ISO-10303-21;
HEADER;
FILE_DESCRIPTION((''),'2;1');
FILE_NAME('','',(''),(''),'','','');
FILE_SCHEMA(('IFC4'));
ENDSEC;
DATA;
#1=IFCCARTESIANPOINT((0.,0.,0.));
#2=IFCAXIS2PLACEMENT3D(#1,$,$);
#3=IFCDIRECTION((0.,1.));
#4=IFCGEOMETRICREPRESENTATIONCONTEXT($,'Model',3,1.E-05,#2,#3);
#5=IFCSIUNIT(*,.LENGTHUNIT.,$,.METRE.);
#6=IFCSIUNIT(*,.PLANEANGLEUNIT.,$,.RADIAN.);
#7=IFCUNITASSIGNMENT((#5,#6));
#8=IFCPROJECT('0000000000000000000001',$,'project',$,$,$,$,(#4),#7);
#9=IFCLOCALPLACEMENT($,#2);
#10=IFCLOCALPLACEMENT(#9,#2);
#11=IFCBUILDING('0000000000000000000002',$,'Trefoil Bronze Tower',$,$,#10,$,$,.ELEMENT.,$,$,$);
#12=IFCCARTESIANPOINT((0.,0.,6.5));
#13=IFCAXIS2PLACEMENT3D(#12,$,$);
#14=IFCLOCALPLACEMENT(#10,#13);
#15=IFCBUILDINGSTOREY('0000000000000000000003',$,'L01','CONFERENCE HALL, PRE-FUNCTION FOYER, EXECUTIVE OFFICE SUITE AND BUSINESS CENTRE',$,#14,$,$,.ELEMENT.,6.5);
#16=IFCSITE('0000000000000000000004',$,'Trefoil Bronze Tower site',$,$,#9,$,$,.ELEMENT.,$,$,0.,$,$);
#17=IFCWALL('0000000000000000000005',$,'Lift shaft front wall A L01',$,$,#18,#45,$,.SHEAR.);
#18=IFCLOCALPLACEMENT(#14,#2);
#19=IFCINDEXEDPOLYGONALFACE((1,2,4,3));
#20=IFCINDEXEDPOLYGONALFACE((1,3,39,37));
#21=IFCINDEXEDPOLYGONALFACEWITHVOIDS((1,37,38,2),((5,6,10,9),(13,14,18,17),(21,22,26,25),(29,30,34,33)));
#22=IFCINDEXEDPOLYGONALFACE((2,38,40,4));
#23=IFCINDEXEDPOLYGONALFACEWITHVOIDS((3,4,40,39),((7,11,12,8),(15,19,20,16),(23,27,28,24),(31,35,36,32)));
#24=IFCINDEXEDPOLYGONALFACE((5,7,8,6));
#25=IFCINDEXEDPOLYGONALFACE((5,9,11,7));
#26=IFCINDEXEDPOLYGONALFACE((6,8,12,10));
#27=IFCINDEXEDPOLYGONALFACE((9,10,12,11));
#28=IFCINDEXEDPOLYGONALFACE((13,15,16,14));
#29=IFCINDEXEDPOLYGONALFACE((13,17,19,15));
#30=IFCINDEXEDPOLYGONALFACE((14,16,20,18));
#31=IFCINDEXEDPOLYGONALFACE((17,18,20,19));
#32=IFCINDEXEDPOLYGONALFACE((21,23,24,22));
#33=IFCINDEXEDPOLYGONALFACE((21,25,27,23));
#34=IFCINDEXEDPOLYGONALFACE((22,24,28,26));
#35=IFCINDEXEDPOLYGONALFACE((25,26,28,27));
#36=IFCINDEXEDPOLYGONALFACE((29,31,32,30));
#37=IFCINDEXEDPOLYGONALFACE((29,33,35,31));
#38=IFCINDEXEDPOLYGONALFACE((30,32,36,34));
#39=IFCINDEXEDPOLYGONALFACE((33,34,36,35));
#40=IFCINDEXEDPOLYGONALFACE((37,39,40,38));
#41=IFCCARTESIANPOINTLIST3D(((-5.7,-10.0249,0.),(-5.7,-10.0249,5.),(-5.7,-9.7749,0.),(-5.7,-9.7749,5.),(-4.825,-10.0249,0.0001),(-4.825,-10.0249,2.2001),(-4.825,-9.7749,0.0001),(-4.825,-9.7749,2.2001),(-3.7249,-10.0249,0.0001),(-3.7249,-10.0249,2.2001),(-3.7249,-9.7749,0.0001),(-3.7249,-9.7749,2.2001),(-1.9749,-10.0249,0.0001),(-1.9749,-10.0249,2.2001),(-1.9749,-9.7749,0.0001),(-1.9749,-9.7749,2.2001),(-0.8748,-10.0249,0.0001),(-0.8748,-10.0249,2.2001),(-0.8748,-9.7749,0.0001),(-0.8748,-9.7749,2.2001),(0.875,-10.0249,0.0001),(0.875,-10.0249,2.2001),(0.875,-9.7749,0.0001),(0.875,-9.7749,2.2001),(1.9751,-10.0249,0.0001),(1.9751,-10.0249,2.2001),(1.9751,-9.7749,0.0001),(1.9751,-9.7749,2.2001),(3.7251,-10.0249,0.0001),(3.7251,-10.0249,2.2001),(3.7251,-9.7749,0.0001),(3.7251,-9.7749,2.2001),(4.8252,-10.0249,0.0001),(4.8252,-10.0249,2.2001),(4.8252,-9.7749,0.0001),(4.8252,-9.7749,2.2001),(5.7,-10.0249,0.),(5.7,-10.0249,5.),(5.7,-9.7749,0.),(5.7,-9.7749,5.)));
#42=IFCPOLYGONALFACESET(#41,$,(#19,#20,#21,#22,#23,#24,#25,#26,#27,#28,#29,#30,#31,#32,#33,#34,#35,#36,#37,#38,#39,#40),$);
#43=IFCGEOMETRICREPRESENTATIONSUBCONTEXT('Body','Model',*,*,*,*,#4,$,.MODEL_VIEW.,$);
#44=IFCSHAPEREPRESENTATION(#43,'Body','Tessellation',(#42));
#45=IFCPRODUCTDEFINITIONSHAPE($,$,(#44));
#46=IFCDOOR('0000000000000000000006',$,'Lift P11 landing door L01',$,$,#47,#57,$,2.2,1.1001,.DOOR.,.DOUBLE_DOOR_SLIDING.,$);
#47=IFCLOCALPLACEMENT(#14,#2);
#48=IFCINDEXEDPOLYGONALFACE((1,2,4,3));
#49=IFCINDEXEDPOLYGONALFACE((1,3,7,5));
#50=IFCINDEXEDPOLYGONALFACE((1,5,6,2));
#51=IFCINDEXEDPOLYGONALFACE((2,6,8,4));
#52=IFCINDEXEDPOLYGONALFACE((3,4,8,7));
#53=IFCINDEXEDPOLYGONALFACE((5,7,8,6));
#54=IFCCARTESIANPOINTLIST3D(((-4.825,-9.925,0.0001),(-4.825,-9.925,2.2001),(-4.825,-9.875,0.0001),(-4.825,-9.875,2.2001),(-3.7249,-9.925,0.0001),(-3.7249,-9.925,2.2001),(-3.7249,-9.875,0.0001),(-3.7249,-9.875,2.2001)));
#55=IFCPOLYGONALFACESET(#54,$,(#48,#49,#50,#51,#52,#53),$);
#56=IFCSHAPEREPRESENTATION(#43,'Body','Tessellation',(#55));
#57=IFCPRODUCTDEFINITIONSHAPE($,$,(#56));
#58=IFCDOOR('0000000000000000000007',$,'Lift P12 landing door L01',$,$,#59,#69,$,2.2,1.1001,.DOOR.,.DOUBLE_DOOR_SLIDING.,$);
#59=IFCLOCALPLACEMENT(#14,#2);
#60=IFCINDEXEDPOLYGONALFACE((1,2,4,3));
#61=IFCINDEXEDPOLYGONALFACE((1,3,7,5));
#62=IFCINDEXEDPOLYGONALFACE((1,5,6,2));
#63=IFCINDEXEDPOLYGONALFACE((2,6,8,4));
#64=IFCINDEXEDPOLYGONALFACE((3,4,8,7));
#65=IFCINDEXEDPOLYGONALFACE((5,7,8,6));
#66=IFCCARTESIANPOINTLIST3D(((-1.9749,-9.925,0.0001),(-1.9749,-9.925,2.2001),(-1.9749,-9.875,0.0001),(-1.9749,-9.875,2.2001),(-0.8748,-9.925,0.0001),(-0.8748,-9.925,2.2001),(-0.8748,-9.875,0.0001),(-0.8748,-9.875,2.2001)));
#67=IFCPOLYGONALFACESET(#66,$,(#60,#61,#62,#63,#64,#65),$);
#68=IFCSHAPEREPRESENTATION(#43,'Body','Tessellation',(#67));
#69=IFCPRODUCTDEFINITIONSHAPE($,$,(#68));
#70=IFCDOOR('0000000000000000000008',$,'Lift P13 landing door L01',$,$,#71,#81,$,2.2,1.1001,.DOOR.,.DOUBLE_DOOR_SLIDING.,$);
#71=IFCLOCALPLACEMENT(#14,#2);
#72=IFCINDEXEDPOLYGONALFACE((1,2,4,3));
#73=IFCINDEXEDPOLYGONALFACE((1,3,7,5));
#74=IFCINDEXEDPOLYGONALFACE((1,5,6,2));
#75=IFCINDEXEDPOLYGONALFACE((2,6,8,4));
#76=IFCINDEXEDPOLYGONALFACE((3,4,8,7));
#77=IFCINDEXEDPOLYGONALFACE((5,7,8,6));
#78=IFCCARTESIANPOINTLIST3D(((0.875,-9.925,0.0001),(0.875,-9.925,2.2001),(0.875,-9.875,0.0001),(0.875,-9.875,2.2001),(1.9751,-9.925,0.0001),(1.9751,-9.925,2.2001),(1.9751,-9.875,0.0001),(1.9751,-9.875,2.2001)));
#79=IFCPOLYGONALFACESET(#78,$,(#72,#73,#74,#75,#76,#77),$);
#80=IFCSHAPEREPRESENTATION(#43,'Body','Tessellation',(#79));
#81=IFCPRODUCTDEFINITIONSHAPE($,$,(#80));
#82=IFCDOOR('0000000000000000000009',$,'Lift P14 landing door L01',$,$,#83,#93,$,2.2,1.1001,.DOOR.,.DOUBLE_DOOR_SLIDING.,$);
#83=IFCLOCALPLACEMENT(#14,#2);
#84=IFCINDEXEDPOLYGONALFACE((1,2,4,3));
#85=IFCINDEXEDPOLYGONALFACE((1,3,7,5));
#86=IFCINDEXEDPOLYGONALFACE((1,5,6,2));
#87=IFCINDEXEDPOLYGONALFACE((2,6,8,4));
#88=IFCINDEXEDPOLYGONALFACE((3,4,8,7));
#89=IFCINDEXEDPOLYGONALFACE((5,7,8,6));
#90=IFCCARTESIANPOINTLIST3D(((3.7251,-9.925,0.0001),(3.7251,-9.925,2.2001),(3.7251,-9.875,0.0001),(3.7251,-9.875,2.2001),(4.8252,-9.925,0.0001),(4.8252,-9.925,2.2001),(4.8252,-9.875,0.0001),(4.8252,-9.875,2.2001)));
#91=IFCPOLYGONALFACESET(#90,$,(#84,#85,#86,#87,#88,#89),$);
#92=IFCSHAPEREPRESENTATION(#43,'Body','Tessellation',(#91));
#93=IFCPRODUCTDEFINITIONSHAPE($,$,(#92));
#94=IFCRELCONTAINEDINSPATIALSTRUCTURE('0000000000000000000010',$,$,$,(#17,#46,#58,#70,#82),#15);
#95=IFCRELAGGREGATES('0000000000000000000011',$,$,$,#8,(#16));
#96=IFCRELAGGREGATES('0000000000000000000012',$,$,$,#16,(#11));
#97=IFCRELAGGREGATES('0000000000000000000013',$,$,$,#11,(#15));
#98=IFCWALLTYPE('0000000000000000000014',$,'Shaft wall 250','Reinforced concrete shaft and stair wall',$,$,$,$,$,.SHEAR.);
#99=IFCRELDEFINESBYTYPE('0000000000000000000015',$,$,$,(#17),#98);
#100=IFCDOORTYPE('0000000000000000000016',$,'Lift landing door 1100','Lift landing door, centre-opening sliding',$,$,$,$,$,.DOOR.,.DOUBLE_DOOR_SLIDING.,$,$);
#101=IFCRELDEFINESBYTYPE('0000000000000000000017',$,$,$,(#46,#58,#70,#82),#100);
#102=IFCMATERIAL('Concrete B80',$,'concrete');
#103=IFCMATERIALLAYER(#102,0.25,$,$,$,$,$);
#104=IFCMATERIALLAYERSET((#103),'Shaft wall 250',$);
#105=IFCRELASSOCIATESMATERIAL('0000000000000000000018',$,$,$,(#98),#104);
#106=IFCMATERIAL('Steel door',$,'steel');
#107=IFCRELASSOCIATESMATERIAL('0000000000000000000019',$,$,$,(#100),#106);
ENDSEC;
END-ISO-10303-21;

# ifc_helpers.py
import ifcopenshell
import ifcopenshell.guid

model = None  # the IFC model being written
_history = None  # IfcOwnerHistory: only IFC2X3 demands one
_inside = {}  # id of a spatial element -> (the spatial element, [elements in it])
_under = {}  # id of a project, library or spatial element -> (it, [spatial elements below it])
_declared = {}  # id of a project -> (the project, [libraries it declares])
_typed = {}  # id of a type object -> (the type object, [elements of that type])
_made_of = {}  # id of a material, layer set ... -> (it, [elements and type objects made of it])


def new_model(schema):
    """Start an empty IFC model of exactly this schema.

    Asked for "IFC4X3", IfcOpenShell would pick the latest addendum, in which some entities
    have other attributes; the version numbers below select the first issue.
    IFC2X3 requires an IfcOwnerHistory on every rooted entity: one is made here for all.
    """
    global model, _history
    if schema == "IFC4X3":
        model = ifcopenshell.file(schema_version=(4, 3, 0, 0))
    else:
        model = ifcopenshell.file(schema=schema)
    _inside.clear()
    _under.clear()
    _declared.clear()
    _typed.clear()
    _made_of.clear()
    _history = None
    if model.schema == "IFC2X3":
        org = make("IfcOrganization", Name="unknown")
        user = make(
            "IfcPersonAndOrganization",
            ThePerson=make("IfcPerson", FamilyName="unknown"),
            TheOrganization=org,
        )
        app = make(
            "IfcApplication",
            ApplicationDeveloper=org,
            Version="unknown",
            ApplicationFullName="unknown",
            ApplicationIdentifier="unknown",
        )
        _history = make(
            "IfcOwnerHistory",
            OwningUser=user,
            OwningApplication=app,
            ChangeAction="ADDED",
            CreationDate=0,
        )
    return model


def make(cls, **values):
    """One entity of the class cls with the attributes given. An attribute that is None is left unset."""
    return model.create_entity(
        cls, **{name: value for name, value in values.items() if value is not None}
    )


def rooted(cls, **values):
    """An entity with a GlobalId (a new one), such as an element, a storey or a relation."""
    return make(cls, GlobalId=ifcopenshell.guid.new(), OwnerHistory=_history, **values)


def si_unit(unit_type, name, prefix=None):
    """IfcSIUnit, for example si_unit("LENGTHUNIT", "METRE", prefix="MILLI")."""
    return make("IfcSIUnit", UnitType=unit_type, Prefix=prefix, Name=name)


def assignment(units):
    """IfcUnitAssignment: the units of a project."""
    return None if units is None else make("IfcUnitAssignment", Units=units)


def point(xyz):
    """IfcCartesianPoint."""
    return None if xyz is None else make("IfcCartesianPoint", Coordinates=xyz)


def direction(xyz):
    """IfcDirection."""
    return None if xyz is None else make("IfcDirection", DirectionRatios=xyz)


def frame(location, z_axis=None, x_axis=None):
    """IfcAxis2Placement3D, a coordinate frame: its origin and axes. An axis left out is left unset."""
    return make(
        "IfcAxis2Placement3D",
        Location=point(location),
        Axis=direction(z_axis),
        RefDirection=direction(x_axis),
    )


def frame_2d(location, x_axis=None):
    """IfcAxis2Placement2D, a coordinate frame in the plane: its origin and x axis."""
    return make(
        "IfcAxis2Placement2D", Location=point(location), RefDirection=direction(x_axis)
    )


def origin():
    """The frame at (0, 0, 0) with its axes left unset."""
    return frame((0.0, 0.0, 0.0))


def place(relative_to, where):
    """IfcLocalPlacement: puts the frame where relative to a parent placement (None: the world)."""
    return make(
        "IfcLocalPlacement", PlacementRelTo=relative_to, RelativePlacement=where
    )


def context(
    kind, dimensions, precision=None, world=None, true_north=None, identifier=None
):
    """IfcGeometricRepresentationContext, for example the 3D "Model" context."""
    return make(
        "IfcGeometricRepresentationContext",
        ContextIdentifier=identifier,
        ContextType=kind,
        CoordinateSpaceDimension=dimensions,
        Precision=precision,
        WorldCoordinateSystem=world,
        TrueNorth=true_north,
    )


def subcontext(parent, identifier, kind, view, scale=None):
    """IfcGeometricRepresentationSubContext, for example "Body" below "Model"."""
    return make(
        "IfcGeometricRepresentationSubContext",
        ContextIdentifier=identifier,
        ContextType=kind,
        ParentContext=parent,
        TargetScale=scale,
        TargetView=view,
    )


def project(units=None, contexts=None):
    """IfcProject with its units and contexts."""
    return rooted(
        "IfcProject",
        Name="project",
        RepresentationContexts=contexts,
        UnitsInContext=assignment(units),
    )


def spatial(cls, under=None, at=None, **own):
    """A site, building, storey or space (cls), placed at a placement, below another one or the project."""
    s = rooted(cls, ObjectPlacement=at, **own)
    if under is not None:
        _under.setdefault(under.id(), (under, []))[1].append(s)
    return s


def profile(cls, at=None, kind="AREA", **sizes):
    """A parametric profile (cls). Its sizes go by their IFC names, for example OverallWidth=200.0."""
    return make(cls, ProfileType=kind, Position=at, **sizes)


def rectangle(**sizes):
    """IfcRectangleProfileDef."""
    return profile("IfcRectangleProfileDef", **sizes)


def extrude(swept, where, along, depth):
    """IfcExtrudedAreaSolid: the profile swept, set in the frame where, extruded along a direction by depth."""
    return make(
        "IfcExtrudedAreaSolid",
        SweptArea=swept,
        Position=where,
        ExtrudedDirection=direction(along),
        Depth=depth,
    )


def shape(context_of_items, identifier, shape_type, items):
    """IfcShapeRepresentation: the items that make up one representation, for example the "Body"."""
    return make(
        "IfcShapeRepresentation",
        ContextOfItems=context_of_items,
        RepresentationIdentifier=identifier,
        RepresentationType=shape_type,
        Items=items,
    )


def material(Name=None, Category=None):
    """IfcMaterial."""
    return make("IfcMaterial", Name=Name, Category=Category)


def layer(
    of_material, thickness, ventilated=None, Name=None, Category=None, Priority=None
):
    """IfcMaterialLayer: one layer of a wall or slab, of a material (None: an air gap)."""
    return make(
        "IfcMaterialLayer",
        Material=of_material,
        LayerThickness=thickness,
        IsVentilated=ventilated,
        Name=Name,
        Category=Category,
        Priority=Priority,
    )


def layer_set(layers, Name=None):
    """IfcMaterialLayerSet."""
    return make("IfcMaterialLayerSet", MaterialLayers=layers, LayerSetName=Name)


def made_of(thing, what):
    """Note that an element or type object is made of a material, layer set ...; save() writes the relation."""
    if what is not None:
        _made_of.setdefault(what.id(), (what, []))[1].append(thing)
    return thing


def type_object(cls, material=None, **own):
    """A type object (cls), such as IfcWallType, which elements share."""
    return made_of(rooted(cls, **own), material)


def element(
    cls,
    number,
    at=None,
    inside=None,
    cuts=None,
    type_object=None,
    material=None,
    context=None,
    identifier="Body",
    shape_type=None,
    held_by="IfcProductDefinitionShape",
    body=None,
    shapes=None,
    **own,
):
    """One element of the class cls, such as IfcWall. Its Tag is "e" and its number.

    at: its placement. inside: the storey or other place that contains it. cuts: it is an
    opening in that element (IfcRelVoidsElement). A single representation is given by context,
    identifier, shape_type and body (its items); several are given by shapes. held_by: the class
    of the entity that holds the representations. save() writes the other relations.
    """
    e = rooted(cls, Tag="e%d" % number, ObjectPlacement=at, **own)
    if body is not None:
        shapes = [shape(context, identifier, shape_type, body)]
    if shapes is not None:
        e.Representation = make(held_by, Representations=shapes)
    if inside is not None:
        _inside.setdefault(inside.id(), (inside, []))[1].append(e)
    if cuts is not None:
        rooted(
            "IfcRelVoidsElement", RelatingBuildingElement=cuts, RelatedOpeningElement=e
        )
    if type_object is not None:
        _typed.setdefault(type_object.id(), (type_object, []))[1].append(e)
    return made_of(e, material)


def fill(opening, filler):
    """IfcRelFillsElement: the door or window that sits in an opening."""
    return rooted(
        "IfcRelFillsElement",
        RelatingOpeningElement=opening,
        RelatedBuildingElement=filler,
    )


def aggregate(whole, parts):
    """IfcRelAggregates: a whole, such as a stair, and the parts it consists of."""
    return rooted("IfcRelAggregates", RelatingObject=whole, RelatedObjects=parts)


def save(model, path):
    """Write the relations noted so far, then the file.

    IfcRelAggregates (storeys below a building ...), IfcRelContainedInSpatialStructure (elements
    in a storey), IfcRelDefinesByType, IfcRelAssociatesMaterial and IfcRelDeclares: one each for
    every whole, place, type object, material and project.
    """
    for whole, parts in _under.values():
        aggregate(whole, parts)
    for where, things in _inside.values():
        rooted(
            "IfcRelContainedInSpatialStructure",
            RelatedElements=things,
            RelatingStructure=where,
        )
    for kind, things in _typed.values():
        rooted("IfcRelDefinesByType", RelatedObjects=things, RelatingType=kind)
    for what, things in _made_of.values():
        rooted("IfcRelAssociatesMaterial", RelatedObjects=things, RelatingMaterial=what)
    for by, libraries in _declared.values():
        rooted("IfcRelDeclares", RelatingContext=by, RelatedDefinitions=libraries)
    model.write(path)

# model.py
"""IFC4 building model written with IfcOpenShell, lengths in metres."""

from ifc_helpers import new_model, si_unit, direction, frame, frame_2d, origin, place, context, subcontext, project, spatial, rectangle, extrude, material, layer, layer_set, type_object, element, fill, save


model = new_model("IFC4")

# Units and contexts
model_context = context("Model", 3, precision=1e-05, world=origin(), true_north=direction((0.0, 1.0)))
body_context = subcontext(model_context, "Body", "Model", "MODEL_VIEW")
ifc_project = project(units=[si_unit("LENGTHUNIT", "METRE"), si_unit("PLANEANGLEUNIT", "RADIAN")], contexts=[model_context])

# Site, building, storey
site_placement = place(None, origin())
site = spatial("IfcSite", under=ifc_project, at=site_placement, Name="Trefoil Bronze Tower site", CompositionType="ELEMENT", RefElevation=0.0)
building_placement = place(site_placement, origin())
building = spatial("IfcBuilding", under=site, at=building_placement, Name="Trefoil Bronze Tower", CompositionType="ELEMENT")
storey_placement = place(building_placement, frame((0.0, 0.0, 6.5)))
storey = spatial("IfcBuildingStorey", under=building, at=storey_placement, Name="L01", Description="CONFERENCE HALL, PRE-FUNCTION FOYER, EXECUTIVE OFFICE SUITE AND BUSINESS CENTRE", CompositionType="ELEMENT", Elevation=6.5)

# Wall, openings, doors
ifc_material_1 = material(Name="Concrete B80", Category="concrete")
ifc_layer_1 = layer(ifc_material_1, 0.25)
ifc_layer_set_1 = layer_set([ifc_layer_1], Name="Shaft wall 250")
wall_type_1 = type_object("IfcWallType", Name="Shaft wall 250", Description="Reinforced concrete shaft and stair wall", PredefinedType="SHEAR", material=ifc_layer_set_1)
wall_1_placement = place(storey_placement, frame((-5.7, -9.8999, 0.0), z_axis=(0.0, 0.0, 1.0), x_axis=(1.0, 0.0, 0.0)))
wall_1 = element("IfcWall", 1, at=wall_1_placement, inside=storey, type_object=wall_type_1, Name="Lift shaft front wall A L01", PredefinedType="SHEAR", context=body_context, shape_type="SweptSolid", body=[
    extrude(rectangle(XDim=11.3999, YDim=0.25, at=frame_2d((5.7, 0.0))), origin(), (0.0, 0.0, 1.0), 5.0),
])
opening_1_placement = place(wall_1_placement, frame((0.875, 0.0, 0.0)))
opening_1 = element("IfcOpeningElement", 2, at=opening_1_placement, cuts=wall_1, PredefinedType="OPENING", context=body_context, shape_type="SweptSolid", body=[
    extrude(rectangle(XDim=1.1001, YDim=2.2, at=frame_2d((0.55, 1.1001))), frame((0.0, 0.135, 0.0), z_axis=(0.0, -1.0, 0.0), x_axis=(1.0, 0.0, 0.0)), (0.0, 0.0, 1.0), 0.27),
])
opening_2_placement = place(wall_1_placement, frame((3.7251, 0.0, 0.0)))
opening_2 = element("IfcOpeningElement", 3, at=opening_2_placement, cuts=wall_1, PredefinedType="OPENING", context=body_context, shape_type="SweptSolid", body=[
    extrude(rectangle(XDim=1.1001, YDim=2.2, at=frame_2d((0.55, 1.1001))), frame((0.0, 0.135, 0.0), z_axis=(0.0, -1.0, 0.0), x_axis=(1.0, 0.0, 0.0)), (0.0, 0.0, 1.0), 0.27),
])
opening_3_placement = place(wall_1_placement, frame((6.575, 0.0, 0.0)))
opening_3 = element("IfcOpeningElement", 4, at=opening_3_placement, cuts=wall_1, PredefinedType="OPENING", context=body_context, shape_type="SweptSolid", body=[
    extrude(rectangle(XDim=1.1001, YDim=2.2, at=frame_2d((0.55, 1.1001))), frame((0.0, 0.135, 0.0), z_axis=(0.0, -1.0, 0.0), x_axis=(1.0, 0.0, 0.0)), (0.0, 0.0, 1.0), 0.27),
])
opening_4_placement = place(wall_1_placement, frame((9.425, 0.0, 0.0)))
opening_4 = element("IfcOpeningElement", 5, at=opening_4_placement, cuts=wall_1, PredefinedType="OPENING", context=body_context, shape_type="SweptSolid", body=[
    extrude(rectangle(XDim=1.1001, YDim=2.2, at=frame_2d((0.55, 1.1001))), frame((0.0, 0.135, 0.0), z_axis=(0.0, -1.0, 0.0), x_axis=(1.0, 0.0, 0.0)), (0.0, 0.0, 1.0), 0.27),
])
ifc_material_2 = material(Name="Steel door", Category="steel")
door_type_1 = type_object("IfcDoorType", Name="Lift landing door 1100", Description="Lift landing door, centre-opening sliding", OperationType="DOUBLE_DOOR_SLIDING", PredefinedType="DOOR", material=ifc_material_2)
door_1_placement = place(opening_1_placement, origin())
door_1 = element("IfcDoor", 6, at=door_1_placement, inside=storey, type_object=door_type_1, Name="Lift P11 landing door L01", OperationType="DOUBLE_DOOR_SLIDING", OverallHeight=2.2, OverallWidth=1.1001, PredefinedType="DOOR", context=body_context, shape_type="SweptSolid", body=[
    extrude(rectangle(XDim=1.1001, YDim=2.2, at=frame_2d((0.55, 1.1001))), frame((0.0, 0.0249, 0.0), z_axis=(0.0, -1.0, 0.0), x_axis=(1.0, 0.0, 0.0)), (0.0, 0.0, 1.0), 0.05),
])
fill(opening_1, door_1)
door_2_placement = place(opening_2_placement, origin())
door_2 = element("IfcDoor", 7, at=door_2_placement, inside=storey, type_object=door_type_1, Name="Lift P12 landing door L01", OperationType="DOUBLE_DOOR_SLIDING", OverallHeight=2.2, OverallWidth=1.1001, PredefinedType="DOOR", context=body_context, shape_type="SweptSolid", body=[
    extrude(rectangle(XDim=1.1001, YDim=2.2, at=frame_2d((0.55, 1.1001))), frame((0.0, 0.0249, 0.0), z_axis=(0.0, -1.0, 0.0), x_axis=(1.0, 0.0, 0.0)), (0.0, 0.0, 1.0), 0.05),
])
fill(opening_2, door_2)
door_3_placement = place(opening_3_placement, origin())
door_3 = element("IfcDoor", 8, at=door_3_placement, inside=storey, type_object=door_type_1, Name="Lift P13 landing door L01", OperationType="DOUBLE_DOOR_SLIDING", OverallHeight=2.2, OverallWidth=1.1001, PredefinedType="DOOR", context=body_context, shape_type="SweptSolid", body=[
    extrude(rectangle(XDim=1.1001, YDim=2.2, at=frame_2d((0.55, 1.1001))), frame((0.0, 0.0249, 0.0), z_axis=(0.0, -1.0, 0.0), x_axis=(1.0, 0.0, 0.0)), (0.0, 0.0, 1.0), 0.05),
])
fill(opening_3, door_3)
door_4_placement = place(opening_4_placement, origin())
door_4 = element("IfcDoor", 9, at=door_4_placement, inside=storey, type_object=door_type_1, Name="Lift P14 landing door L01", OperationType="DOUBLE_DOOR_SLIDING", OverallHeight=2.2, OverallWidth=1.1001, PredefinedType="DOOR", context=body_context, shape_type="SweptSolid", body=[
    extrude(rectangle(XDim=1.1001, YDim=2.2, at=frame_2d((0.55, 1.1001))), frame((0.0, 0.0249, 0.0), z_axis=(0.0, -1.0, 0.0), x_axis=(1.0, 0.0, 0.0)), (0.0, 0.0, 1.0), 0.05),
])
fill(opening_4, door_4)

save(model, "model.ifc")
